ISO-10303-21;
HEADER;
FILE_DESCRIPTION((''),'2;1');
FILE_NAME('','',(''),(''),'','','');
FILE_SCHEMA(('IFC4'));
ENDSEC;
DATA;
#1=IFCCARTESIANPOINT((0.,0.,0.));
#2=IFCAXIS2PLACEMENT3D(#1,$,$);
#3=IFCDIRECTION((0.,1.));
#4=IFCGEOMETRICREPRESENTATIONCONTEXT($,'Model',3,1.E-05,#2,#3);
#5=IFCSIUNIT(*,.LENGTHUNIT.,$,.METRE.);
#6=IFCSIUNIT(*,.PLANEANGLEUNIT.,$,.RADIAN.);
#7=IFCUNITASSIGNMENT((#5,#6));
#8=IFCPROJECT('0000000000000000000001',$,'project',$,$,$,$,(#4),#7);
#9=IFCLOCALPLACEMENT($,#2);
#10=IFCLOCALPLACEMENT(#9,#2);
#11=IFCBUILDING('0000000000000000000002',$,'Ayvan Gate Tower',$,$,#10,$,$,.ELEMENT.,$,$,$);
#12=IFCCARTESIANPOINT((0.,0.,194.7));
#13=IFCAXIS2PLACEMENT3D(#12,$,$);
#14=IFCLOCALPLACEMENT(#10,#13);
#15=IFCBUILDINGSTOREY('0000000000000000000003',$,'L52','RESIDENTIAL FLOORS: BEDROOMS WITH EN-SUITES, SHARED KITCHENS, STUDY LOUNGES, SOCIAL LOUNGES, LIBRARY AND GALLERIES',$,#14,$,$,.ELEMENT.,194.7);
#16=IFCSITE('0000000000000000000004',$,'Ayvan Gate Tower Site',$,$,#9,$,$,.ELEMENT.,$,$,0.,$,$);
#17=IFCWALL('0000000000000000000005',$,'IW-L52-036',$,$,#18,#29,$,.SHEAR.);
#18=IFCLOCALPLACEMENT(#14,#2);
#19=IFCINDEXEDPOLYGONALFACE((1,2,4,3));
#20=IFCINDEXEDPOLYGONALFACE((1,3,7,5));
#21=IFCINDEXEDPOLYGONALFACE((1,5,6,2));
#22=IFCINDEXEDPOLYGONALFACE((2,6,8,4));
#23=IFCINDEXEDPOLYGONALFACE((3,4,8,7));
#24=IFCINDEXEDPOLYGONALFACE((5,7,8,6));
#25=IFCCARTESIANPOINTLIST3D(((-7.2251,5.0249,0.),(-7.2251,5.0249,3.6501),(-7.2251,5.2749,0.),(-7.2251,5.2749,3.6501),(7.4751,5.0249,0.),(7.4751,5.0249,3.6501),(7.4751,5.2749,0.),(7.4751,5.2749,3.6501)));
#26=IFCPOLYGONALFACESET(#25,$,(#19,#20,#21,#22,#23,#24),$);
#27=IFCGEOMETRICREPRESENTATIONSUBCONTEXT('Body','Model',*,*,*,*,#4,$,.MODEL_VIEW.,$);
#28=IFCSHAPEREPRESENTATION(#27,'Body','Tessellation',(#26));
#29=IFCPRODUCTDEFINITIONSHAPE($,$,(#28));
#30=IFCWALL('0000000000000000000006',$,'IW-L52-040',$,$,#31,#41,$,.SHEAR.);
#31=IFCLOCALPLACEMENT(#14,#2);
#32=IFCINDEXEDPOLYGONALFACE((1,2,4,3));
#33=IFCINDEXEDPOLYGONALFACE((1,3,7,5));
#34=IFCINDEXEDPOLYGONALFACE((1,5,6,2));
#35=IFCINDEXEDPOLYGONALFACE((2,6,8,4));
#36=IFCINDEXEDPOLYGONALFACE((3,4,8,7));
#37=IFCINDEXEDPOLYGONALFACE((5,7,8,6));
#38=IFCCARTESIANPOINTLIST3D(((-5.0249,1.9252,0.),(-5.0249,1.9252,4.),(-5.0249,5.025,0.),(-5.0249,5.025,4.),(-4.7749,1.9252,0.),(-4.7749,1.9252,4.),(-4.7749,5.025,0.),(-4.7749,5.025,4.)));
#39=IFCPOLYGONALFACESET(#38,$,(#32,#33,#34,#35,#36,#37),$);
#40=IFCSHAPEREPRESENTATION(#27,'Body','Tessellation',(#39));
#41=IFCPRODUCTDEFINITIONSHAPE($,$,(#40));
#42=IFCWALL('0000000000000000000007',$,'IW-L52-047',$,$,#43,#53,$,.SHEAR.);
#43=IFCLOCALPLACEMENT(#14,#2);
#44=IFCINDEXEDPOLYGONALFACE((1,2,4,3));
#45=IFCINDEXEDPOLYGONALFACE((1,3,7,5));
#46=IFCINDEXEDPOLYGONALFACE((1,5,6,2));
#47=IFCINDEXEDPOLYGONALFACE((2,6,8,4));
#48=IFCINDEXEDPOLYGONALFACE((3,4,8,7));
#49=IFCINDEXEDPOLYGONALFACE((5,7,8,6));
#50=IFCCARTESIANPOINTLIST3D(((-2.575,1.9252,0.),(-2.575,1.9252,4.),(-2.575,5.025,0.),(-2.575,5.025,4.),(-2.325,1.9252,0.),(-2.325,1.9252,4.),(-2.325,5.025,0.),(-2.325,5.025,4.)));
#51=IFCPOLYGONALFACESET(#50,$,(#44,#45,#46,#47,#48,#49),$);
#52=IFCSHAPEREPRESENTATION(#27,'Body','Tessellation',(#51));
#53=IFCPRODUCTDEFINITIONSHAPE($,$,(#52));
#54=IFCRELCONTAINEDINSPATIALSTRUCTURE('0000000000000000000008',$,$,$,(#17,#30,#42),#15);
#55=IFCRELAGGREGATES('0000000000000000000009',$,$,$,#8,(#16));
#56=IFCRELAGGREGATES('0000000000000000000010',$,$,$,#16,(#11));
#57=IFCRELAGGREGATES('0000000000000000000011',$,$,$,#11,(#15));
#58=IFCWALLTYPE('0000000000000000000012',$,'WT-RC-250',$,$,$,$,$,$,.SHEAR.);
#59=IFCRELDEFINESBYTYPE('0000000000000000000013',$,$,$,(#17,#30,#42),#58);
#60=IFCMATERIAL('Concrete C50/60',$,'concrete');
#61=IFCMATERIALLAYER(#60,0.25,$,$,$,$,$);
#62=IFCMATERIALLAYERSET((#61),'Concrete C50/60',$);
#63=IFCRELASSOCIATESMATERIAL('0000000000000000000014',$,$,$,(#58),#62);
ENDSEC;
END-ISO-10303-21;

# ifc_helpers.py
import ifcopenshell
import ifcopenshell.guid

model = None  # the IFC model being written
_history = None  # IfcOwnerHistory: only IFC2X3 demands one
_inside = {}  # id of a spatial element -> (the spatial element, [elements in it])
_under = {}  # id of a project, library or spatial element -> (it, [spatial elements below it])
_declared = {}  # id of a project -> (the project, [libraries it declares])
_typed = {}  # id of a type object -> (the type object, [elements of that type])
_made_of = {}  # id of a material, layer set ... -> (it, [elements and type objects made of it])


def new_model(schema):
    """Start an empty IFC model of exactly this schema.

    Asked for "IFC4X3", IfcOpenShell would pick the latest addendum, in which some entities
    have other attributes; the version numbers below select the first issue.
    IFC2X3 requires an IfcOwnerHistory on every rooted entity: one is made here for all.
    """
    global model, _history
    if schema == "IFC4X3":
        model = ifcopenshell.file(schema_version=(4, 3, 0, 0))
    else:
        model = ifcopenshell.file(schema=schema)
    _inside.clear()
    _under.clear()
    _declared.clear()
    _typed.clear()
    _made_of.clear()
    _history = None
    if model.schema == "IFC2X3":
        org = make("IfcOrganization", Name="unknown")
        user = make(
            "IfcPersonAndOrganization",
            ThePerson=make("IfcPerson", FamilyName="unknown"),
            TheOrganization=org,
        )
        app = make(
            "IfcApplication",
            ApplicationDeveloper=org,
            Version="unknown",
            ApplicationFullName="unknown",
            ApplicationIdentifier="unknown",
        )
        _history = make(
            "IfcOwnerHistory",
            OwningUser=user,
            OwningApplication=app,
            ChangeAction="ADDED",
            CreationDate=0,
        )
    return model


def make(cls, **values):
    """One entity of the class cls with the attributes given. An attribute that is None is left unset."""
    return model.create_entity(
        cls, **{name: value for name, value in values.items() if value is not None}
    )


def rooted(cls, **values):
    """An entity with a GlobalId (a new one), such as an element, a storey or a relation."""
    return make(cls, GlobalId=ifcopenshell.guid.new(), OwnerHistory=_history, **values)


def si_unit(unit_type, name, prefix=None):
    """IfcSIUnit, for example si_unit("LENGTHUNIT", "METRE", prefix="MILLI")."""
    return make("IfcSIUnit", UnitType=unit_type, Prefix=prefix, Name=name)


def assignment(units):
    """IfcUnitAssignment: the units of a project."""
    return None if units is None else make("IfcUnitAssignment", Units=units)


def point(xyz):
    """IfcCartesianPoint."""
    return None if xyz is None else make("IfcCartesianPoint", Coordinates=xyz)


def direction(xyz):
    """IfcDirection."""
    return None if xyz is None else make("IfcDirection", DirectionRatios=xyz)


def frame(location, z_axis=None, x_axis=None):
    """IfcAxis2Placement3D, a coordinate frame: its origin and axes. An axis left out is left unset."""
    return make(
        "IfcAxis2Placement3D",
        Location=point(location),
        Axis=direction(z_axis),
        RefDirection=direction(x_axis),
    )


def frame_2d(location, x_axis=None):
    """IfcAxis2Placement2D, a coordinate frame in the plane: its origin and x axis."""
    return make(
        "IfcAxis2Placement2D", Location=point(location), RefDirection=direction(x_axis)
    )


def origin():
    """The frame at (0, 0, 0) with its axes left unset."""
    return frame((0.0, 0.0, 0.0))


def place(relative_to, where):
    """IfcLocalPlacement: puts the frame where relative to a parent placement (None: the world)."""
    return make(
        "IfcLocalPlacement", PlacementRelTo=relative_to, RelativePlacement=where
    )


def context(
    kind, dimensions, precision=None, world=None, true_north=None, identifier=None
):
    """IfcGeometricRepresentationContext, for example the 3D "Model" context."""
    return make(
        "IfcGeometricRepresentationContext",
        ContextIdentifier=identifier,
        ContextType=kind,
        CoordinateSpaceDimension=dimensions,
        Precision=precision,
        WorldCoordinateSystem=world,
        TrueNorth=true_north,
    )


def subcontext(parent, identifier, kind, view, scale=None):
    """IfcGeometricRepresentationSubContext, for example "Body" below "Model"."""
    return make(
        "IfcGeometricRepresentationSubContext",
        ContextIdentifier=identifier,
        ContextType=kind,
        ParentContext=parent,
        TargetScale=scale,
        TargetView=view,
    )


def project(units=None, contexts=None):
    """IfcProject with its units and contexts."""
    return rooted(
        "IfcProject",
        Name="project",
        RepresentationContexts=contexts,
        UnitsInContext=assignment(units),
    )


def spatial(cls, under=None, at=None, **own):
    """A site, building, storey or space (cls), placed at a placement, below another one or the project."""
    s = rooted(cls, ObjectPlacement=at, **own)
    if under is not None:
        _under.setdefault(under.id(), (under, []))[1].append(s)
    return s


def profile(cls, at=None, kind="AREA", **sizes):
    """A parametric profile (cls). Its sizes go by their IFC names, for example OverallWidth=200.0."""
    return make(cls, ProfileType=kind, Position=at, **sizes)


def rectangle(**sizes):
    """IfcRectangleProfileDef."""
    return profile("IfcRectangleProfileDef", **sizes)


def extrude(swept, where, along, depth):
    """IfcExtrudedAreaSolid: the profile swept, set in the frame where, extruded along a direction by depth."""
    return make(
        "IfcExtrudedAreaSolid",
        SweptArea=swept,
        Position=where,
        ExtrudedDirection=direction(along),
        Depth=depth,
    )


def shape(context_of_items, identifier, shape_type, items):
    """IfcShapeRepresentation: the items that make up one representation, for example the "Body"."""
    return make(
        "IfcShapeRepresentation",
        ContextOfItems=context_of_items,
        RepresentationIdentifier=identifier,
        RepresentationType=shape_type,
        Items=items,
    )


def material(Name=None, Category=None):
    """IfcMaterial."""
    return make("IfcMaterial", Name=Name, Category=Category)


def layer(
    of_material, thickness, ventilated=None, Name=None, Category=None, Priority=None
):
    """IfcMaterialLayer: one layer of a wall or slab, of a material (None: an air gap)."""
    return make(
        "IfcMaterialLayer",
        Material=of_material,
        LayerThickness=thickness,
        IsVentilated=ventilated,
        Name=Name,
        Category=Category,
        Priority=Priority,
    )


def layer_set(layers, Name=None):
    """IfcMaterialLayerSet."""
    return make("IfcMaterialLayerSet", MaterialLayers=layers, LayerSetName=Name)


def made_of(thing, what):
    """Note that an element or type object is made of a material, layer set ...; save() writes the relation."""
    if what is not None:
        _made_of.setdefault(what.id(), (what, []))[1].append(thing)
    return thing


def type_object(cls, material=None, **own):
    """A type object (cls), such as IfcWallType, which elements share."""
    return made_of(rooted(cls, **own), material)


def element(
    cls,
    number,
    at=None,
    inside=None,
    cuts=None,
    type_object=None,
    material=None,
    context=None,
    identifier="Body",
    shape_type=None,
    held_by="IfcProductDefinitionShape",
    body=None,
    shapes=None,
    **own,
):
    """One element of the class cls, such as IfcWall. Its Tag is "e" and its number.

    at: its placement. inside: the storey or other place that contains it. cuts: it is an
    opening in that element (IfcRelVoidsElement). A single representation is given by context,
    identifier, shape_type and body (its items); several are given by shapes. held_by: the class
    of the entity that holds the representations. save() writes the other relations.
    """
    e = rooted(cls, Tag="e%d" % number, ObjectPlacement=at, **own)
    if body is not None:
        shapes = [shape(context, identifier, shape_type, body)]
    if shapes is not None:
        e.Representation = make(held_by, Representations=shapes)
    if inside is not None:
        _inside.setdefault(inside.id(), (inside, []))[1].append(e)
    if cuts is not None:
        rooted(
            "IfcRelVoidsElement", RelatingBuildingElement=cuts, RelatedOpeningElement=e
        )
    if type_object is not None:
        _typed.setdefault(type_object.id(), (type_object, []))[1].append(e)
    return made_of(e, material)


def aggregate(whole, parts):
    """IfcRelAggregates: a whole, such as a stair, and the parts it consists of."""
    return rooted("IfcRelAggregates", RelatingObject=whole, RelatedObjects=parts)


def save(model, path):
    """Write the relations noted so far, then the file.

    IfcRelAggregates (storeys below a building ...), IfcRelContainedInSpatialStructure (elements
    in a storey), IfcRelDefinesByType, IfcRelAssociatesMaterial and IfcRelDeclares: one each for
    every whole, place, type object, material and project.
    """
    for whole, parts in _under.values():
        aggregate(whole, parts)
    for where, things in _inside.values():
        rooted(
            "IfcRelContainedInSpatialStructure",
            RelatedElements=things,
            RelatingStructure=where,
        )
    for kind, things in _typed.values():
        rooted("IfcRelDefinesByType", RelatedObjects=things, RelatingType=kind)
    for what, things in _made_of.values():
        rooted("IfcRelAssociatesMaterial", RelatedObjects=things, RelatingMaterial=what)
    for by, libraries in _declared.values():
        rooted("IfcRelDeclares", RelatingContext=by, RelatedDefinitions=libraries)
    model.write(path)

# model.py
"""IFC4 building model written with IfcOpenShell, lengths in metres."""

from ifc_helpers import new_model, si_unit, direction, frame, frame_2d, origin, place, context, subcontext, project, spatial, rectangle, extrude, material, layer, layer_set, type_object, element, save


model = new_model("IFC4")

# Units and contexts
model_context = context("Model", 3, precision=1e-05, world=origin(), true_north=direction((0.0, 1.0)))
body_context = subcontext(model_context, "Body", "Model", "MODEL_VIEW")
ifc_project = project(units=[si_unit("LENGTHUNIT", "METRE"), si_unit("PLANEANGLEUNIT", "RADIAN")], contexts=[model_context])

# Site, building, storey
site_placement = place(None, origin())
site = spatial("IfcSite", under=ifc_project, at=site_placement, Name="Ayvan Gate Tower Site", CompositionType="ELEMENT", RefElevation=0.0)
building_placement = place(site_placement, origin())
building = spatial("IfcBuilding", under=site, at=building_placement, Name="Ayvan Gate Tower", CompositionType="ELEMENT")
storey_placement = place(building_placement, frame((0.0, 0.0, 194.7)))
storey = spatial("IfcBuildingStorey", under=building, at=storey_placement, Name="L52", Description="RESIDENTIAL FLOORS: BEDROOMS WITH EN-SUITES, SHARED KITCHENS, STUDY LOUNGES, SOCIAL LOUNGES, LIBRARY AND GALLERIES", CompositionType="ELEMENT", Elevation=194.7)

# Shared definitions
ifc_material_1 = material(Name="Concrete C50/60", Category="concrete")
ifc_layer_1 = layer(ifc_material_1, 0.25)
ifc_layer_set_1 = layer_set([ifc_layer_1], Name="Concrete C50/60")
wall_type_1 = type_object("IfcWallType", Name="WT-RC-250", PredefinedType="SHEAR", material=ifc_layer_set_1)

# Walls
wall_1_placement = place(storey_placement, frame((-7.2251, 5.1499, 0.0), z_axis=(0.0, 0.0, 1.0), x_axis=(1.0, 0.0, 0.0)))
element("IfcWall", 1, at=wall_1_placement, inside=storey, type_object=wall_type_1, Name="IW-L52-036", PredefinedType="SHEAR", context=body_context, shape_type="SweptSolid", body=[
    extrude(rectangle(XDim=14.7002, YDim=0.25, at=frame_2d((7.3501, 0.0))), origin(), (0.0, 0.0, 1.0), 3.6501),
])
for number, where, z_axis, x_axis, name in (
    (2, (-4.8999, 5.0249, 0.0), (0.0, 0.0, 1.0), (0.0, -1.0, 0.0), "IW-L52-040"),
    (3, (-2.45, 5.0249, 0.0), (0.0, 0.0, 1.0), (0.0, -1.0, 0.0), "IW-L52-047"),
):
    element("IfcWall", number, at=place(storey_placement, frame(where, z_axis=z_axis, x_axis=x_axis)), inside=storey, type_object=wall_type_1, Name=name, PredefinedType="SHEAR", context=body_context, shape_type="SweptSolid", body=[
        extrude(rectangle(XDim=3.0999, YDim=0.25, at=frame_2d((1.5498, 0.0))), origin(), (0.0, 0.0, 1.0), 4.0),
    ])

save(model, "model.ifc")
